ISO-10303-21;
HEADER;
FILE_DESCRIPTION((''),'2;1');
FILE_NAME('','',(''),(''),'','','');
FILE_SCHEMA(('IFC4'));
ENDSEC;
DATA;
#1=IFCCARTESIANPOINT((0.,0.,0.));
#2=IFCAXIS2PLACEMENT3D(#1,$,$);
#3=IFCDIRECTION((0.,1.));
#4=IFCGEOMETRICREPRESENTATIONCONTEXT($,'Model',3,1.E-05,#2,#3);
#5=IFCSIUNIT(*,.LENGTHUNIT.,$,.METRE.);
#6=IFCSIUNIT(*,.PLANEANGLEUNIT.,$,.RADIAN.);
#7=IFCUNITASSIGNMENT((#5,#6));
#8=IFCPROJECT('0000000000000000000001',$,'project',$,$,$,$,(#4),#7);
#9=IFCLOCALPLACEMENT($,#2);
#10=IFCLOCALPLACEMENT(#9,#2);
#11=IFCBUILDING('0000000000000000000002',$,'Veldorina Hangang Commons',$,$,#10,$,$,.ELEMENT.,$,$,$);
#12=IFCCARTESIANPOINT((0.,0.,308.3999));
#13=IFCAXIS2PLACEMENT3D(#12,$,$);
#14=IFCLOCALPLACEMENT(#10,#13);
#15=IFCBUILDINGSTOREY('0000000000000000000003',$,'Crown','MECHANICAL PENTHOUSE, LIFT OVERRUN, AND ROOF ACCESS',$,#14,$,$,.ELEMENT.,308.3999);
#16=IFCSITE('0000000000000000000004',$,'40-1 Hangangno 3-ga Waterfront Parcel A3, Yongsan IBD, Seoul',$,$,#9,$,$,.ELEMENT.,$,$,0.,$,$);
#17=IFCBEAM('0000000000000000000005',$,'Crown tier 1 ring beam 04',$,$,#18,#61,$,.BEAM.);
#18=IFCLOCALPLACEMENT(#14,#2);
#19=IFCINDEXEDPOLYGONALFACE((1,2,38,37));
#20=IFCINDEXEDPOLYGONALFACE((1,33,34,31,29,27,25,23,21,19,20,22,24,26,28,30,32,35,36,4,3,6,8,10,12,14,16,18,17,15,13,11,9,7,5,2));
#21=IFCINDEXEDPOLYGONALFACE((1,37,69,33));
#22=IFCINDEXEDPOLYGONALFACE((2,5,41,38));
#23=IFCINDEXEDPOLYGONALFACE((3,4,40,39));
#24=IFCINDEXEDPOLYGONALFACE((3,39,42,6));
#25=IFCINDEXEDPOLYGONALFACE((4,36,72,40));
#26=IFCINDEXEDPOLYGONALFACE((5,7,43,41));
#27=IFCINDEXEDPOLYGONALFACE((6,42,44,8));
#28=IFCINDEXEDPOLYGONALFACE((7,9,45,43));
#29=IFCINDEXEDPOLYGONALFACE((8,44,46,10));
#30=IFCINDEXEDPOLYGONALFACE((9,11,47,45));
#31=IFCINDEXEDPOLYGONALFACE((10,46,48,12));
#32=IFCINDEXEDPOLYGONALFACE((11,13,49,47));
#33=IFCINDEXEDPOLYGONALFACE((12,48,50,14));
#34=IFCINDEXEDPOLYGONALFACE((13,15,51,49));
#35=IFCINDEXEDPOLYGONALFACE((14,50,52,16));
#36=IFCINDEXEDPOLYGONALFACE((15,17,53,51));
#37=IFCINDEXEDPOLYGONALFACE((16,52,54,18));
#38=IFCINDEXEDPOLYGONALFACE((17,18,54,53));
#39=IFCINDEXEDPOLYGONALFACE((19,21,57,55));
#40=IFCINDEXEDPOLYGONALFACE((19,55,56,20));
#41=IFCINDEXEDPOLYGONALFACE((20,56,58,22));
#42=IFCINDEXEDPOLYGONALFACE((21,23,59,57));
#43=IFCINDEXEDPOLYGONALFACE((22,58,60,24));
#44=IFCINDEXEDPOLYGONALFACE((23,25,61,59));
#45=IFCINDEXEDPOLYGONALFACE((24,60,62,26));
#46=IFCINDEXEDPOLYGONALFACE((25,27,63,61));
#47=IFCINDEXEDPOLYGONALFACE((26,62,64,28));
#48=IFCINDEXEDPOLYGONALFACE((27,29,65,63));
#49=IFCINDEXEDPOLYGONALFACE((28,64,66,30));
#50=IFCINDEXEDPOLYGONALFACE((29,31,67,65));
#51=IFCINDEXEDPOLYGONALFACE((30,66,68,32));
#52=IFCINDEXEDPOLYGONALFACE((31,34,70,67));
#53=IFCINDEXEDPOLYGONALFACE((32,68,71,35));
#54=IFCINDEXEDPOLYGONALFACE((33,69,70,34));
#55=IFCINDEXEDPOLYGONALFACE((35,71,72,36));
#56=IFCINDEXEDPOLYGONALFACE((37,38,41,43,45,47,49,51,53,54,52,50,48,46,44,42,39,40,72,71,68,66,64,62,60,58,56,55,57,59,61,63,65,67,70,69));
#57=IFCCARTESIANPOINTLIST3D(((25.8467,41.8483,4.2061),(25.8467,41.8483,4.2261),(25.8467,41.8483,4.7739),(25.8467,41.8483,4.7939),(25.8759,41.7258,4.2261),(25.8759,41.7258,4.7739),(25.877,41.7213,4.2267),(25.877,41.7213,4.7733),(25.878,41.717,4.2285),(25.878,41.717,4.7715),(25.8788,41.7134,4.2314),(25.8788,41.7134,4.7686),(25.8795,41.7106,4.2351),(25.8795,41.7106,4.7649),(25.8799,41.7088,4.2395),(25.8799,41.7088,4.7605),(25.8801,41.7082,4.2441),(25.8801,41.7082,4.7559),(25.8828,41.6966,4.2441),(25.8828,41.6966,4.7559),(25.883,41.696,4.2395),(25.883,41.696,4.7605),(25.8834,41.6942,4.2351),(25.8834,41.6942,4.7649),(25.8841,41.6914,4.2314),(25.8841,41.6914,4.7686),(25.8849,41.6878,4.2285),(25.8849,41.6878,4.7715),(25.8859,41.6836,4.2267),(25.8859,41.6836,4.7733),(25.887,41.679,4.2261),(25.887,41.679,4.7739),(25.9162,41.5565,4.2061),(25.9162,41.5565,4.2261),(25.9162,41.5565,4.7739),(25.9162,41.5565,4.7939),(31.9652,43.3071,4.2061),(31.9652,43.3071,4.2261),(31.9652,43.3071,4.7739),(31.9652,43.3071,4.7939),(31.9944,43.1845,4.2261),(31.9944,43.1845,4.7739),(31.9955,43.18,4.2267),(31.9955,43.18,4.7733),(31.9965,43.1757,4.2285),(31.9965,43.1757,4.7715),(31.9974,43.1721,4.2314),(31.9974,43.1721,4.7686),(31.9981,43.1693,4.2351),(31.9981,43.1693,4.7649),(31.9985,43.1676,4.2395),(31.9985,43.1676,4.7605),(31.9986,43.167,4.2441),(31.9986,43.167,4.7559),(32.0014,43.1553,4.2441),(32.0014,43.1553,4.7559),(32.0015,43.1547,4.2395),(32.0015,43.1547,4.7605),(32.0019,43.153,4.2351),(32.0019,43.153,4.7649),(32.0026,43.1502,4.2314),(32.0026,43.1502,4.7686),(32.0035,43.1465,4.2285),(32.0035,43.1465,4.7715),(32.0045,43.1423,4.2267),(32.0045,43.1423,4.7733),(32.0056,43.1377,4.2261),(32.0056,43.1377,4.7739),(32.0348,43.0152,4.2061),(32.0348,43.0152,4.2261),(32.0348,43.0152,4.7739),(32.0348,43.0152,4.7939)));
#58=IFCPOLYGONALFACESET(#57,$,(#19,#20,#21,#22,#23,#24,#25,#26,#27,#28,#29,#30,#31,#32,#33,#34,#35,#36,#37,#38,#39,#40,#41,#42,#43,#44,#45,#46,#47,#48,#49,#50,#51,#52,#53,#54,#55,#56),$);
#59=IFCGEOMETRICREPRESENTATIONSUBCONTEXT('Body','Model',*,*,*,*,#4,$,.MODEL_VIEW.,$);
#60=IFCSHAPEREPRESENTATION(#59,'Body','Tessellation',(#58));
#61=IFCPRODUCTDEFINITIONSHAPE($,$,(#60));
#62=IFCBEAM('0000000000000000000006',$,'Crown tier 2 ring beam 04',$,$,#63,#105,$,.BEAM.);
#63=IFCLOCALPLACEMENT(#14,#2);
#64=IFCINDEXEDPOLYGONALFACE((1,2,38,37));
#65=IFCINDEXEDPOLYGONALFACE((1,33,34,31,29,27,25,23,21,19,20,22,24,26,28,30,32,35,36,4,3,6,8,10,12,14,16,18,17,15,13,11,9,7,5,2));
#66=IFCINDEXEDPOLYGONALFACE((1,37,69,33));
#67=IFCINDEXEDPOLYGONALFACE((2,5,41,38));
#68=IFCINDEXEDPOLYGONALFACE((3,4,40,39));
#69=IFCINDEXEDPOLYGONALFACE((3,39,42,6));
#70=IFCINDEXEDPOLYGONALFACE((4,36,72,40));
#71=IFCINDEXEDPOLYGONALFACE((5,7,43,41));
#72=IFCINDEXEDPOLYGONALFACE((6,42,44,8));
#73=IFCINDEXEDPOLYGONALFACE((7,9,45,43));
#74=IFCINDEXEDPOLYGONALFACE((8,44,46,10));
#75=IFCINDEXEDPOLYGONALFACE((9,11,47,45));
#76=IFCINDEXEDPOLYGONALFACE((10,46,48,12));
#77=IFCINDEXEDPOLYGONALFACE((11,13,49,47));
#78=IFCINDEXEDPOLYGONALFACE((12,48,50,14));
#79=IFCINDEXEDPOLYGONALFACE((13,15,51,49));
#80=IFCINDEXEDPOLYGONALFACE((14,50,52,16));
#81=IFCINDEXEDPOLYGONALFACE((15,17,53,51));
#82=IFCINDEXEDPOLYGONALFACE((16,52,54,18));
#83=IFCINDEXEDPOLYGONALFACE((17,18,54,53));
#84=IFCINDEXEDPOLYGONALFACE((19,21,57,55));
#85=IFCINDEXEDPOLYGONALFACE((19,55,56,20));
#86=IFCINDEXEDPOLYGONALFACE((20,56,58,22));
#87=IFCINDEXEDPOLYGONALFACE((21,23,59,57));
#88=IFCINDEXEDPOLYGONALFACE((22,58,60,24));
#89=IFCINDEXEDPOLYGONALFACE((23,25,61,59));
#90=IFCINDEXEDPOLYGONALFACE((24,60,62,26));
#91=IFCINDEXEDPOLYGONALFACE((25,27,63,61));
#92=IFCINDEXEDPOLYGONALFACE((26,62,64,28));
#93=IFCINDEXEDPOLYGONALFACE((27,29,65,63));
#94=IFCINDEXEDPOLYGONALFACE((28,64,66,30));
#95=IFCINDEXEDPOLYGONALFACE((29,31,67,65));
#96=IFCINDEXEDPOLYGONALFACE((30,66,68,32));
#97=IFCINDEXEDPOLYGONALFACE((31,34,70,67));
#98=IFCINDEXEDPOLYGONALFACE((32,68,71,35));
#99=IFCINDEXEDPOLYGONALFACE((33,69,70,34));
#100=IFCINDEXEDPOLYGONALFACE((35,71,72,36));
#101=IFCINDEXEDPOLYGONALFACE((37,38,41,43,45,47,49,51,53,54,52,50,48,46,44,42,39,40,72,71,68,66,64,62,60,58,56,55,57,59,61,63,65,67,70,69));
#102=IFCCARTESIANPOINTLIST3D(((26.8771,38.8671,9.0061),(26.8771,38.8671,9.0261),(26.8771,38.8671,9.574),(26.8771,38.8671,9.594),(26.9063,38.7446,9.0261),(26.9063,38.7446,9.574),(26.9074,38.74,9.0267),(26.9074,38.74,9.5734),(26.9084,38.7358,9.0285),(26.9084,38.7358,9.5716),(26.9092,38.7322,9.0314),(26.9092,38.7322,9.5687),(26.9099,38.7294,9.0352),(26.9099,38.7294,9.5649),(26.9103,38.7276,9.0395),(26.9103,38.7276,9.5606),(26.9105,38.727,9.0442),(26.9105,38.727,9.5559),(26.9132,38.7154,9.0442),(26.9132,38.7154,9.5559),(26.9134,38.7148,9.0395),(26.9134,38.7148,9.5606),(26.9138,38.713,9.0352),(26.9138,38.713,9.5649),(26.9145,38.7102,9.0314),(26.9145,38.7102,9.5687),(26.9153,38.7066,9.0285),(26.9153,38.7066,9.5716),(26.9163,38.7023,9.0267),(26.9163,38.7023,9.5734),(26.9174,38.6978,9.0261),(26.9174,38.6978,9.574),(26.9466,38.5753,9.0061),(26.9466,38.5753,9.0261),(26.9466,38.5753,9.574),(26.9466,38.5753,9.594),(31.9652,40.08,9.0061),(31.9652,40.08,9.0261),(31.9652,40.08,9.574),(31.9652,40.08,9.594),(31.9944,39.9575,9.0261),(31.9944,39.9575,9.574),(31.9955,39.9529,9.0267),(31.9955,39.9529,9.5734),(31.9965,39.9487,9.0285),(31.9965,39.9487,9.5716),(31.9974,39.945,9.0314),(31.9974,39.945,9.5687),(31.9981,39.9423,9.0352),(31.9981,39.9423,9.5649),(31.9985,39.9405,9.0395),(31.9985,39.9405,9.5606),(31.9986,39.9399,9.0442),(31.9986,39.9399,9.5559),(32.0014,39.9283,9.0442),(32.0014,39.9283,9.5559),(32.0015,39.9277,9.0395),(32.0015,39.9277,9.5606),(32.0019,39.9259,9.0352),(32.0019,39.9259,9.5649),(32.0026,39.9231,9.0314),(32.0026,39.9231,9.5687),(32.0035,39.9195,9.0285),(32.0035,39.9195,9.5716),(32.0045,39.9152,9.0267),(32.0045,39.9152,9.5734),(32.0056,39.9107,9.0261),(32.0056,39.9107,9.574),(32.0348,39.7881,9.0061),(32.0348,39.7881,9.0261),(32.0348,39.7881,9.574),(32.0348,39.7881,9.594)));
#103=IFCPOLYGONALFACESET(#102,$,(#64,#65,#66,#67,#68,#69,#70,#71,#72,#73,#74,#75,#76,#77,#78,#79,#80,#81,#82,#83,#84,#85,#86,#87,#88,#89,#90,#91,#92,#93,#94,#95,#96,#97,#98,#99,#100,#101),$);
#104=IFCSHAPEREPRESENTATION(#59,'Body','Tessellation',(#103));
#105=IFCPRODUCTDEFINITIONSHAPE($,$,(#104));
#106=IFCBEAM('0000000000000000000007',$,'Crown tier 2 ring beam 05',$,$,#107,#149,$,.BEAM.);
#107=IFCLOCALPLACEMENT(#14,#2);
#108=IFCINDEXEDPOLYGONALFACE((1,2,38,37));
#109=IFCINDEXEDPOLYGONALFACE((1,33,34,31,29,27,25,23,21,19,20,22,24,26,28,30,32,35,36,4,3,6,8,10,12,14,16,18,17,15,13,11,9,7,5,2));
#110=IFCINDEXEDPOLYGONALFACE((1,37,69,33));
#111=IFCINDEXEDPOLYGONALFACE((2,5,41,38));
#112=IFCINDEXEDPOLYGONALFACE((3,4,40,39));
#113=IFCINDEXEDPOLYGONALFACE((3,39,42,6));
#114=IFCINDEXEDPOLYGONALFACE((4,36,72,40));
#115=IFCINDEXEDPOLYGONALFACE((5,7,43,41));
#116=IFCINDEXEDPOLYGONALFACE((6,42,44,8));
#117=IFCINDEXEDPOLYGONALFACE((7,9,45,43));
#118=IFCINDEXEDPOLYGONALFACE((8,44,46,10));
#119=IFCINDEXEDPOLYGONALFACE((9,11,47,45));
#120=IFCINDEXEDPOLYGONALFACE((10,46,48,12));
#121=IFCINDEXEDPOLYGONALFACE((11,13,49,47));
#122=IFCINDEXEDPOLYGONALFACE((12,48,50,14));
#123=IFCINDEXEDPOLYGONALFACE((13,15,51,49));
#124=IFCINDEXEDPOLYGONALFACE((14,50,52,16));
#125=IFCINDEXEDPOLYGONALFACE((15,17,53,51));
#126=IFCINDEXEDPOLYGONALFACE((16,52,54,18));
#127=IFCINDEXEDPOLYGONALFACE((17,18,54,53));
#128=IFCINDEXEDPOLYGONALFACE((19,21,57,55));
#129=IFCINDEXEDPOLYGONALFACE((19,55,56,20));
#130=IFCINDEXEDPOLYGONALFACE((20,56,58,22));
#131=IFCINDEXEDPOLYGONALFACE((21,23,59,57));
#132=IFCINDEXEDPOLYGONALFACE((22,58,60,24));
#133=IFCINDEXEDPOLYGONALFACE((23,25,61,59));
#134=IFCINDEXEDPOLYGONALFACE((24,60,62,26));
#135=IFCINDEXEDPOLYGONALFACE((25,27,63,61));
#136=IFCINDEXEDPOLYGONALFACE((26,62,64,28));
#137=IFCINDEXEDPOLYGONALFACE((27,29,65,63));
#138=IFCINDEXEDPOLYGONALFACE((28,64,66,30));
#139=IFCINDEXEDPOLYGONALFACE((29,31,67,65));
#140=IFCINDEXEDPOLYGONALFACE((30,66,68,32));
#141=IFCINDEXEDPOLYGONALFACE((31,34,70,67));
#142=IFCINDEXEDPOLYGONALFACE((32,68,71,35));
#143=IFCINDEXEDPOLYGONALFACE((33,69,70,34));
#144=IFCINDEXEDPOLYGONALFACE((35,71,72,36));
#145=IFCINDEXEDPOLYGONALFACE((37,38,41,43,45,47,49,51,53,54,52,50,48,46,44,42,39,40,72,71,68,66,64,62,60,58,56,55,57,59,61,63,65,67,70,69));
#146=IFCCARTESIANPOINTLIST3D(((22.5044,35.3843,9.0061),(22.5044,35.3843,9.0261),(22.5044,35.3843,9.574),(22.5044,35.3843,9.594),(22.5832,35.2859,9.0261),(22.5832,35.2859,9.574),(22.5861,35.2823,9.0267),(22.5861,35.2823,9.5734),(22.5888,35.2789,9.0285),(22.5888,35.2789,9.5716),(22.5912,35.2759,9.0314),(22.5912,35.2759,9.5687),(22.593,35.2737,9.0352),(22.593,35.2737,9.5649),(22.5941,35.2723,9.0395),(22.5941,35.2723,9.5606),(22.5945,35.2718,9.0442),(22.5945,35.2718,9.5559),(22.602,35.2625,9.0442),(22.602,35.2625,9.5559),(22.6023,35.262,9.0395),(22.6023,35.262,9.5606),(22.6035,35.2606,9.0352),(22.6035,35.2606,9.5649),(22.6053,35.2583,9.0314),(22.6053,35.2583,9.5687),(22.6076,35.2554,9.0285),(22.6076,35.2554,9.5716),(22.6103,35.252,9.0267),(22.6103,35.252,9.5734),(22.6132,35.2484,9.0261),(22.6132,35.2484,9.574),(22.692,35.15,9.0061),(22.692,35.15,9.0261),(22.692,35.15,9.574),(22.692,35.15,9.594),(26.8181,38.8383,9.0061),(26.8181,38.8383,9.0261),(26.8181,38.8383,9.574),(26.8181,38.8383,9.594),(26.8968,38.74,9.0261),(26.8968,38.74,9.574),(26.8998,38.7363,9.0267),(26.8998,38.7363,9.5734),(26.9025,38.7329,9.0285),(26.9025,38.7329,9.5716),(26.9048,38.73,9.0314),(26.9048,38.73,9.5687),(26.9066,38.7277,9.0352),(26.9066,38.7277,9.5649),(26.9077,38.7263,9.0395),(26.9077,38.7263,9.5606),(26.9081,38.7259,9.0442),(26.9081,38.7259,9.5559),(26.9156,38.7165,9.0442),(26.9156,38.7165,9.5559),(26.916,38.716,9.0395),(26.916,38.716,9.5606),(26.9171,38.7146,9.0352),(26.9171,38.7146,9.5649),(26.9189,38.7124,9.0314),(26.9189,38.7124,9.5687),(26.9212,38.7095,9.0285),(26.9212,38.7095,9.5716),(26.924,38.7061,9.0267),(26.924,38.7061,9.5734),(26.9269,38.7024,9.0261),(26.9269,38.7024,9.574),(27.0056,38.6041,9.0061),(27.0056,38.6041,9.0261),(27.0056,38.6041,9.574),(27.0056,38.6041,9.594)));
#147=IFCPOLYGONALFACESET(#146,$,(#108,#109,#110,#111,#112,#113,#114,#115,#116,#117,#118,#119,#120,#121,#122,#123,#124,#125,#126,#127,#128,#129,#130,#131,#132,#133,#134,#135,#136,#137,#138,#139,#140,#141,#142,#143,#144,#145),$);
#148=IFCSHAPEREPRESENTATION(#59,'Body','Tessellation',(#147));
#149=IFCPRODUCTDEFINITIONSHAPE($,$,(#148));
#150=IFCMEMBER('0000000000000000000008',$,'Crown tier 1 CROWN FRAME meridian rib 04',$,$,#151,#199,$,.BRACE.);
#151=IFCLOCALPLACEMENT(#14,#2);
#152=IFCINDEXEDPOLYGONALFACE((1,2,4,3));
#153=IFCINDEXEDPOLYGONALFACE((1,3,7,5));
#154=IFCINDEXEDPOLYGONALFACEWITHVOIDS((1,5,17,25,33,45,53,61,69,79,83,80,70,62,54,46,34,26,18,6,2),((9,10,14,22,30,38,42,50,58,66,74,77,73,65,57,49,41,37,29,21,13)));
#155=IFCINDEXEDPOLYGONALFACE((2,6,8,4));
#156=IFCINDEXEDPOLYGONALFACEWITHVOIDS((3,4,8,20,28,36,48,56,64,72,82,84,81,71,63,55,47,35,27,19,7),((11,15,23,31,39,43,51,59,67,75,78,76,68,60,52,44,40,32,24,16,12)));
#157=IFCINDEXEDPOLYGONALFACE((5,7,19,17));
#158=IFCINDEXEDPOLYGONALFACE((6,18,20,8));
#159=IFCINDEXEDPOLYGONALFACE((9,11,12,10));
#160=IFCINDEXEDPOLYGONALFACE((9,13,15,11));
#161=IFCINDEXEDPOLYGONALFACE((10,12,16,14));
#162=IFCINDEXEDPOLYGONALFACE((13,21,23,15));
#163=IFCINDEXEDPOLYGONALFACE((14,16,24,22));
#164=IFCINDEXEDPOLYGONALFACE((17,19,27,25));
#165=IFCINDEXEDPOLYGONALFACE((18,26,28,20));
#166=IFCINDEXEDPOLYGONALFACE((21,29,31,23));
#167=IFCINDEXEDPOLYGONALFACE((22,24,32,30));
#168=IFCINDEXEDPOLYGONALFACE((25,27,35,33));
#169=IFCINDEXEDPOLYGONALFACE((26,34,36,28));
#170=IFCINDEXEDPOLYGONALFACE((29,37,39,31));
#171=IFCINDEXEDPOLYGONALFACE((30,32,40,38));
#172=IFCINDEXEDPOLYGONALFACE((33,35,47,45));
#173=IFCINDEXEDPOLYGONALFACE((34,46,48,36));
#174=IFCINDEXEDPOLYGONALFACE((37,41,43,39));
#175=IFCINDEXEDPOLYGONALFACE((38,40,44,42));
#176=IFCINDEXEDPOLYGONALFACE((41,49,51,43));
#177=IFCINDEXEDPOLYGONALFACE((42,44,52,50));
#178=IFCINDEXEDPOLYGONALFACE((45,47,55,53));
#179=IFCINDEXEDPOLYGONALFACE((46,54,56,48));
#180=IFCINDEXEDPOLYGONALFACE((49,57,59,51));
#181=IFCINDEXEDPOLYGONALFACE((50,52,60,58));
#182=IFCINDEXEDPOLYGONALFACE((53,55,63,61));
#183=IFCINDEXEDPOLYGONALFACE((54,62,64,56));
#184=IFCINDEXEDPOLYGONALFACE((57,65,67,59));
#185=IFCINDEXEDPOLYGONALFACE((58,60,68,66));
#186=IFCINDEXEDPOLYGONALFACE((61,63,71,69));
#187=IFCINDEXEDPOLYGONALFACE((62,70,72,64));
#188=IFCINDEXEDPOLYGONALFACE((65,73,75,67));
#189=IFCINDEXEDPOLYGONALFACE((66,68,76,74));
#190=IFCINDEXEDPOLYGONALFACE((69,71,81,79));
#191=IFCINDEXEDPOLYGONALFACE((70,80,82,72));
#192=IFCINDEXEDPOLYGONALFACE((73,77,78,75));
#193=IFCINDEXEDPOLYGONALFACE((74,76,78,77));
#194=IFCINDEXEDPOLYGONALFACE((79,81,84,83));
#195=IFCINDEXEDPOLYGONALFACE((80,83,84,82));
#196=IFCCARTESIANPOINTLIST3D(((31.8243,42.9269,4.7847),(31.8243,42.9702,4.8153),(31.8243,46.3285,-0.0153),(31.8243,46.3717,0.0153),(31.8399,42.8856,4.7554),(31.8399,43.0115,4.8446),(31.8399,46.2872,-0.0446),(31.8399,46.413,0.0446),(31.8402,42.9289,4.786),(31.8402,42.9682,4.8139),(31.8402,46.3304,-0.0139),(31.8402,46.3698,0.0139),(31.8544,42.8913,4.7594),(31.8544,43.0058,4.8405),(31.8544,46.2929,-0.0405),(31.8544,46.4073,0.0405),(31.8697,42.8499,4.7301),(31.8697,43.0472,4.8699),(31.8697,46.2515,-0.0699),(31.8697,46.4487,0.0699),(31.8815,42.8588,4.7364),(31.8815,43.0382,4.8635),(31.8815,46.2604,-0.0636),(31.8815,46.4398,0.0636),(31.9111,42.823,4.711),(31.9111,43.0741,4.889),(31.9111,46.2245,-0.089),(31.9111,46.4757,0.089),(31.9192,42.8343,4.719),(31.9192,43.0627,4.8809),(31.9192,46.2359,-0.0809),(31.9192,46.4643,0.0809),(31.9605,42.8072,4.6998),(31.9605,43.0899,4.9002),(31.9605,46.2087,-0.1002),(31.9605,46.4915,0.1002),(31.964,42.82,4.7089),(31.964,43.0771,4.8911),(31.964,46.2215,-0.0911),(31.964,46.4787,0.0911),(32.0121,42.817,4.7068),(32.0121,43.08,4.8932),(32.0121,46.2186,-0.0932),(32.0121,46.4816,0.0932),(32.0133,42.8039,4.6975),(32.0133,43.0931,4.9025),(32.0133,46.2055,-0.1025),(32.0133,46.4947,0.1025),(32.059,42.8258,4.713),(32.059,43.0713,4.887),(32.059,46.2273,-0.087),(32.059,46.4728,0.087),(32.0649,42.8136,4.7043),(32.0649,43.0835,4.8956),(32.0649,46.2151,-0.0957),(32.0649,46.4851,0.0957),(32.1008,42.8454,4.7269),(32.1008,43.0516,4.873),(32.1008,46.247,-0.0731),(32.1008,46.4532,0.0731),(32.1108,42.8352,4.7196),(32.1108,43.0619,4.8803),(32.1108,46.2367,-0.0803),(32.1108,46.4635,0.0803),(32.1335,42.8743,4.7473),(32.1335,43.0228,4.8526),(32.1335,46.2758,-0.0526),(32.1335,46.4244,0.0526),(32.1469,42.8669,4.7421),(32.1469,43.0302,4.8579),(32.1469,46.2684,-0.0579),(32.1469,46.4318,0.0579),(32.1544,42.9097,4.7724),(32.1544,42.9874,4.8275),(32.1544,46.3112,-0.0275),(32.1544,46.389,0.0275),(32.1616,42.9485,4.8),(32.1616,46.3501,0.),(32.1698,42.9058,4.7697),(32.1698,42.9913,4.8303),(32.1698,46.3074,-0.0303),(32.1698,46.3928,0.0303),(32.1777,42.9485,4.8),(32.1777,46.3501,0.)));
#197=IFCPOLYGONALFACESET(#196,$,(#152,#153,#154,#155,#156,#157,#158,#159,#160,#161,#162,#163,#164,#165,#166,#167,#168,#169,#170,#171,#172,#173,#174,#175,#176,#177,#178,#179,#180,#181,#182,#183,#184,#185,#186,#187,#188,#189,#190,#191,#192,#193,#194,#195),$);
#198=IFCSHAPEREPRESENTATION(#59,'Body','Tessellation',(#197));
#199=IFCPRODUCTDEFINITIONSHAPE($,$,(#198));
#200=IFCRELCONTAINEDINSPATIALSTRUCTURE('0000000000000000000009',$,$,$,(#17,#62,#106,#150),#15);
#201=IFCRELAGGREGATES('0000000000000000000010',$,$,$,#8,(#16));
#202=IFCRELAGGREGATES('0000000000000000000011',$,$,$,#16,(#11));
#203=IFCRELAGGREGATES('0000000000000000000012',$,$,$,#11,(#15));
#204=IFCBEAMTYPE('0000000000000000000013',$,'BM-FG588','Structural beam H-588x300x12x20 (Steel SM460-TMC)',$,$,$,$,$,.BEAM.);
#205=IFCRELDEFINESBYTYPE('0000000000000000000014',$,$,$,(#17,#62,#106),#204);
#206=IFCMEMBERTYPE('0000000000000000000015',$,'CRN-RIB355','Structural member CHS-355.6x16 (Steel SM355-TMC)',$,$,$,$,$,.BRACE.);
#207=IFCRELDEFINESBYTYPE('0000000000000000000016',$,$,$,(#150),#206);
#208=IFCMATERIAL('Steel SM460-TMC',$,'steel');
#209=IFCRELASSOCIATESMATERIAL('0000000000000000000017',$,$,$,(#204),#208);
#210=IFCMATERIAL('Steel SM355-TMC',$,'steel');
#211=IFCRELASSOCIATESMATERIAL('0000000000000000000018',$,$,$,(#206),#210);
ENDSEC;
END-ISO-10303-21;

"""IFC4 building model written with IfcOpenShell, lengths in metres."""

from ifc_helpers import new_model, si_unit, direction, frame, origin, origin_2d, place, context, subcontext, project, spatial, hollow_circle, i_section, extrude, material, material_profile, profile_set, type_object, element, save


model = new_model("IFC4")

# Units and contexts
model_context = context("Model", 3, precision=1e-05, world=origin(), true_north=direction((0.0, 1.0)))
body_context = subcontext(model_context, "Body", "Model", "MODEL_VIEW")
ifc_project = project(units=[si_unit("LENGTHUNIT", "METRE"), si_unit("PLANEANGLEUNIT", "RADIAN")], contexts=[model_context])

# Site, building, storey
site_placement = place(None, origin())
site = spatial("IfcSite", under=ifc_project, at=site_placement, Name="40-1 Hangangno 3-ga Waterfront Parcel A3, Yongsan IBD, Seoul", CompositionType="ELEMENT", RefElevation=0.0)
building_placement = place(site_placement, origin())
building = spatial("IfcBuilding", under=site, at=building_placement, Name="Veldorina Hangang Commons", CompositionType="ELEMENT")
storey_placement = place(building_placement, frame((0.0, 0.0, 308.3999)))
storey = spatial("IfcBuildingStorey", under=building, at=storey_placement, Name="Crown", Description="MECHANICAL PENTHOUSE, LIFT OVERRUN, AND ROOF ACCESS", CompositionType="ELEMENT", Elevation=308.3999)

# Beams
ifc_material_1 = material(Name="Steel SM460-TMC", Category="steel")
ifc_material_profile_1 = material_profile(ifc_material_1, i_section(OverallWidth=0.3, OverallDepth=0.5879, WebThickness=0.012, FlangeThickness=0.02, FilletRadius=0.0181, at=origin_2d()), Name="H-588x300x12x20")
ifc_profile_set_1 = profile_set([ifc_material_profile_1], Name="Steel SM460-TMC")
beam_type = type_object("IfcBeamType", Name="BM-FG588", Description="Structural beam H-588x300x12x20 (Steel SM460-TMC)", PredefinedType="BEAM", material=ifc_profile_set_1)
beam_1_placement = place(storey_placement, frame((32.0, 43.1611, 4.5), z_axis=(-0.972737, -0.231909, 0.0), x_axis=(0.231909, -0.972737, 0.0)))
element("IfcBeam", 1, at=beam_1_placement, inside=storey, type_object=beam_type, Name="Crown tier 1 ring beam 04", PredefinedType="BEAM", context=body_context, shape_type="SweptSolid", body=[
    extrude(i_section(OverallWidth=0.3, OverallDepth=0.5879, WebThickness=0.012, FlangeThickness=0.02, FilletRadius=0.0181, at=origin_2d()), origin(), (0.0, 0.0, 1.0), 6.29),
])
beam_2_placement = place(storey_placement, frame((32.0, 39.9341, 9.3), z_axis=(-0.972745, -0.231879, 0.0), x_axis=(0.231879, -0.972745, 0.0)))
element("IfcBeam", 2, at=beam_2_placement, inside=storey, type_object=beam_type, Name="Crown tier 2 ring beam 04", PredefinedType="BEAM", context=body_context, shape_type="SweptSolid", body=[
    extrude(i_section(OverallWidth=0.3, OverallDepth=0.5879, WebThickness=0.012, FlangeThickness=0.02, FilletRadius=0.0181, at=origin_2d()), origin(), (0.0, 0.0, 1.0), 5.2307),
])
beam_3_placement = place(storey_placement, frame((26.9119, 38.7212, 9.3), z_axis=(-0.780593, -0.62504, 0.0), x_axis=(0.62504, -0.780593, 0.0)))
element("IfcBeam", 3, at=beam_3_placement, inside=storey, type_object=beam_type, Name="Crown tier 2 ring beam 05", PredefinedType="BEAM", context=body_context, shape_type="SweptSolid", body=[
    extrude(i_section(OverallWidth=0.3, OverallDepth=0.5879, WebThickness=0.012, FlangeThickness=0.02, FilletRadius=0.0181, at=origin_2d()), origin(), (0.0, 0.0, 1.0), 5.5261),
])

# Member
ifc_material_2 = material(Name="Steel SM355-TMC", Category="steel")
ifc_material_profile_2 = material_profile(ifc_material_2, hollow_circle(Radius=0.1777, WallThickness=0.0161, at=origin_2d()), Name="CHS-355.6x16")
ifc_profile_set_2 = profile_set([ifc_material_profile_2], Name="Steel SM355-TMC")
member_type_1 = type_object("IfcMemberType", Name="CRN-RIB355", Description="Structural member CHS-355.6x16 (Steel SM355-TMC)", PredefinedType="BRACE", material=ifc_profile_set_2)
member_1_placement = place(storey_placement, frame((32.0, 46.3501, 0.0), z_axis=(0.0, -0.578196, 0.815898), x_axis=(1.0, 0.0, 0.0)))
element("IfcMember", 4, at=member_1_placement, inside=storey, type_object=member_type_1, Name="Crown tier 1 CROWN FRAME meridian rib 04", PredefinedType="BRACE", context=body_context, shape_type="SweptSolid", body=[
    extrude(hollow_circle(Radius=0.1777, WallThickness=0.0161, at=origin_2d()), origin(), (0.0, 0.0, 1.0), 5.8831),
])

save(model, "model.ifc")
